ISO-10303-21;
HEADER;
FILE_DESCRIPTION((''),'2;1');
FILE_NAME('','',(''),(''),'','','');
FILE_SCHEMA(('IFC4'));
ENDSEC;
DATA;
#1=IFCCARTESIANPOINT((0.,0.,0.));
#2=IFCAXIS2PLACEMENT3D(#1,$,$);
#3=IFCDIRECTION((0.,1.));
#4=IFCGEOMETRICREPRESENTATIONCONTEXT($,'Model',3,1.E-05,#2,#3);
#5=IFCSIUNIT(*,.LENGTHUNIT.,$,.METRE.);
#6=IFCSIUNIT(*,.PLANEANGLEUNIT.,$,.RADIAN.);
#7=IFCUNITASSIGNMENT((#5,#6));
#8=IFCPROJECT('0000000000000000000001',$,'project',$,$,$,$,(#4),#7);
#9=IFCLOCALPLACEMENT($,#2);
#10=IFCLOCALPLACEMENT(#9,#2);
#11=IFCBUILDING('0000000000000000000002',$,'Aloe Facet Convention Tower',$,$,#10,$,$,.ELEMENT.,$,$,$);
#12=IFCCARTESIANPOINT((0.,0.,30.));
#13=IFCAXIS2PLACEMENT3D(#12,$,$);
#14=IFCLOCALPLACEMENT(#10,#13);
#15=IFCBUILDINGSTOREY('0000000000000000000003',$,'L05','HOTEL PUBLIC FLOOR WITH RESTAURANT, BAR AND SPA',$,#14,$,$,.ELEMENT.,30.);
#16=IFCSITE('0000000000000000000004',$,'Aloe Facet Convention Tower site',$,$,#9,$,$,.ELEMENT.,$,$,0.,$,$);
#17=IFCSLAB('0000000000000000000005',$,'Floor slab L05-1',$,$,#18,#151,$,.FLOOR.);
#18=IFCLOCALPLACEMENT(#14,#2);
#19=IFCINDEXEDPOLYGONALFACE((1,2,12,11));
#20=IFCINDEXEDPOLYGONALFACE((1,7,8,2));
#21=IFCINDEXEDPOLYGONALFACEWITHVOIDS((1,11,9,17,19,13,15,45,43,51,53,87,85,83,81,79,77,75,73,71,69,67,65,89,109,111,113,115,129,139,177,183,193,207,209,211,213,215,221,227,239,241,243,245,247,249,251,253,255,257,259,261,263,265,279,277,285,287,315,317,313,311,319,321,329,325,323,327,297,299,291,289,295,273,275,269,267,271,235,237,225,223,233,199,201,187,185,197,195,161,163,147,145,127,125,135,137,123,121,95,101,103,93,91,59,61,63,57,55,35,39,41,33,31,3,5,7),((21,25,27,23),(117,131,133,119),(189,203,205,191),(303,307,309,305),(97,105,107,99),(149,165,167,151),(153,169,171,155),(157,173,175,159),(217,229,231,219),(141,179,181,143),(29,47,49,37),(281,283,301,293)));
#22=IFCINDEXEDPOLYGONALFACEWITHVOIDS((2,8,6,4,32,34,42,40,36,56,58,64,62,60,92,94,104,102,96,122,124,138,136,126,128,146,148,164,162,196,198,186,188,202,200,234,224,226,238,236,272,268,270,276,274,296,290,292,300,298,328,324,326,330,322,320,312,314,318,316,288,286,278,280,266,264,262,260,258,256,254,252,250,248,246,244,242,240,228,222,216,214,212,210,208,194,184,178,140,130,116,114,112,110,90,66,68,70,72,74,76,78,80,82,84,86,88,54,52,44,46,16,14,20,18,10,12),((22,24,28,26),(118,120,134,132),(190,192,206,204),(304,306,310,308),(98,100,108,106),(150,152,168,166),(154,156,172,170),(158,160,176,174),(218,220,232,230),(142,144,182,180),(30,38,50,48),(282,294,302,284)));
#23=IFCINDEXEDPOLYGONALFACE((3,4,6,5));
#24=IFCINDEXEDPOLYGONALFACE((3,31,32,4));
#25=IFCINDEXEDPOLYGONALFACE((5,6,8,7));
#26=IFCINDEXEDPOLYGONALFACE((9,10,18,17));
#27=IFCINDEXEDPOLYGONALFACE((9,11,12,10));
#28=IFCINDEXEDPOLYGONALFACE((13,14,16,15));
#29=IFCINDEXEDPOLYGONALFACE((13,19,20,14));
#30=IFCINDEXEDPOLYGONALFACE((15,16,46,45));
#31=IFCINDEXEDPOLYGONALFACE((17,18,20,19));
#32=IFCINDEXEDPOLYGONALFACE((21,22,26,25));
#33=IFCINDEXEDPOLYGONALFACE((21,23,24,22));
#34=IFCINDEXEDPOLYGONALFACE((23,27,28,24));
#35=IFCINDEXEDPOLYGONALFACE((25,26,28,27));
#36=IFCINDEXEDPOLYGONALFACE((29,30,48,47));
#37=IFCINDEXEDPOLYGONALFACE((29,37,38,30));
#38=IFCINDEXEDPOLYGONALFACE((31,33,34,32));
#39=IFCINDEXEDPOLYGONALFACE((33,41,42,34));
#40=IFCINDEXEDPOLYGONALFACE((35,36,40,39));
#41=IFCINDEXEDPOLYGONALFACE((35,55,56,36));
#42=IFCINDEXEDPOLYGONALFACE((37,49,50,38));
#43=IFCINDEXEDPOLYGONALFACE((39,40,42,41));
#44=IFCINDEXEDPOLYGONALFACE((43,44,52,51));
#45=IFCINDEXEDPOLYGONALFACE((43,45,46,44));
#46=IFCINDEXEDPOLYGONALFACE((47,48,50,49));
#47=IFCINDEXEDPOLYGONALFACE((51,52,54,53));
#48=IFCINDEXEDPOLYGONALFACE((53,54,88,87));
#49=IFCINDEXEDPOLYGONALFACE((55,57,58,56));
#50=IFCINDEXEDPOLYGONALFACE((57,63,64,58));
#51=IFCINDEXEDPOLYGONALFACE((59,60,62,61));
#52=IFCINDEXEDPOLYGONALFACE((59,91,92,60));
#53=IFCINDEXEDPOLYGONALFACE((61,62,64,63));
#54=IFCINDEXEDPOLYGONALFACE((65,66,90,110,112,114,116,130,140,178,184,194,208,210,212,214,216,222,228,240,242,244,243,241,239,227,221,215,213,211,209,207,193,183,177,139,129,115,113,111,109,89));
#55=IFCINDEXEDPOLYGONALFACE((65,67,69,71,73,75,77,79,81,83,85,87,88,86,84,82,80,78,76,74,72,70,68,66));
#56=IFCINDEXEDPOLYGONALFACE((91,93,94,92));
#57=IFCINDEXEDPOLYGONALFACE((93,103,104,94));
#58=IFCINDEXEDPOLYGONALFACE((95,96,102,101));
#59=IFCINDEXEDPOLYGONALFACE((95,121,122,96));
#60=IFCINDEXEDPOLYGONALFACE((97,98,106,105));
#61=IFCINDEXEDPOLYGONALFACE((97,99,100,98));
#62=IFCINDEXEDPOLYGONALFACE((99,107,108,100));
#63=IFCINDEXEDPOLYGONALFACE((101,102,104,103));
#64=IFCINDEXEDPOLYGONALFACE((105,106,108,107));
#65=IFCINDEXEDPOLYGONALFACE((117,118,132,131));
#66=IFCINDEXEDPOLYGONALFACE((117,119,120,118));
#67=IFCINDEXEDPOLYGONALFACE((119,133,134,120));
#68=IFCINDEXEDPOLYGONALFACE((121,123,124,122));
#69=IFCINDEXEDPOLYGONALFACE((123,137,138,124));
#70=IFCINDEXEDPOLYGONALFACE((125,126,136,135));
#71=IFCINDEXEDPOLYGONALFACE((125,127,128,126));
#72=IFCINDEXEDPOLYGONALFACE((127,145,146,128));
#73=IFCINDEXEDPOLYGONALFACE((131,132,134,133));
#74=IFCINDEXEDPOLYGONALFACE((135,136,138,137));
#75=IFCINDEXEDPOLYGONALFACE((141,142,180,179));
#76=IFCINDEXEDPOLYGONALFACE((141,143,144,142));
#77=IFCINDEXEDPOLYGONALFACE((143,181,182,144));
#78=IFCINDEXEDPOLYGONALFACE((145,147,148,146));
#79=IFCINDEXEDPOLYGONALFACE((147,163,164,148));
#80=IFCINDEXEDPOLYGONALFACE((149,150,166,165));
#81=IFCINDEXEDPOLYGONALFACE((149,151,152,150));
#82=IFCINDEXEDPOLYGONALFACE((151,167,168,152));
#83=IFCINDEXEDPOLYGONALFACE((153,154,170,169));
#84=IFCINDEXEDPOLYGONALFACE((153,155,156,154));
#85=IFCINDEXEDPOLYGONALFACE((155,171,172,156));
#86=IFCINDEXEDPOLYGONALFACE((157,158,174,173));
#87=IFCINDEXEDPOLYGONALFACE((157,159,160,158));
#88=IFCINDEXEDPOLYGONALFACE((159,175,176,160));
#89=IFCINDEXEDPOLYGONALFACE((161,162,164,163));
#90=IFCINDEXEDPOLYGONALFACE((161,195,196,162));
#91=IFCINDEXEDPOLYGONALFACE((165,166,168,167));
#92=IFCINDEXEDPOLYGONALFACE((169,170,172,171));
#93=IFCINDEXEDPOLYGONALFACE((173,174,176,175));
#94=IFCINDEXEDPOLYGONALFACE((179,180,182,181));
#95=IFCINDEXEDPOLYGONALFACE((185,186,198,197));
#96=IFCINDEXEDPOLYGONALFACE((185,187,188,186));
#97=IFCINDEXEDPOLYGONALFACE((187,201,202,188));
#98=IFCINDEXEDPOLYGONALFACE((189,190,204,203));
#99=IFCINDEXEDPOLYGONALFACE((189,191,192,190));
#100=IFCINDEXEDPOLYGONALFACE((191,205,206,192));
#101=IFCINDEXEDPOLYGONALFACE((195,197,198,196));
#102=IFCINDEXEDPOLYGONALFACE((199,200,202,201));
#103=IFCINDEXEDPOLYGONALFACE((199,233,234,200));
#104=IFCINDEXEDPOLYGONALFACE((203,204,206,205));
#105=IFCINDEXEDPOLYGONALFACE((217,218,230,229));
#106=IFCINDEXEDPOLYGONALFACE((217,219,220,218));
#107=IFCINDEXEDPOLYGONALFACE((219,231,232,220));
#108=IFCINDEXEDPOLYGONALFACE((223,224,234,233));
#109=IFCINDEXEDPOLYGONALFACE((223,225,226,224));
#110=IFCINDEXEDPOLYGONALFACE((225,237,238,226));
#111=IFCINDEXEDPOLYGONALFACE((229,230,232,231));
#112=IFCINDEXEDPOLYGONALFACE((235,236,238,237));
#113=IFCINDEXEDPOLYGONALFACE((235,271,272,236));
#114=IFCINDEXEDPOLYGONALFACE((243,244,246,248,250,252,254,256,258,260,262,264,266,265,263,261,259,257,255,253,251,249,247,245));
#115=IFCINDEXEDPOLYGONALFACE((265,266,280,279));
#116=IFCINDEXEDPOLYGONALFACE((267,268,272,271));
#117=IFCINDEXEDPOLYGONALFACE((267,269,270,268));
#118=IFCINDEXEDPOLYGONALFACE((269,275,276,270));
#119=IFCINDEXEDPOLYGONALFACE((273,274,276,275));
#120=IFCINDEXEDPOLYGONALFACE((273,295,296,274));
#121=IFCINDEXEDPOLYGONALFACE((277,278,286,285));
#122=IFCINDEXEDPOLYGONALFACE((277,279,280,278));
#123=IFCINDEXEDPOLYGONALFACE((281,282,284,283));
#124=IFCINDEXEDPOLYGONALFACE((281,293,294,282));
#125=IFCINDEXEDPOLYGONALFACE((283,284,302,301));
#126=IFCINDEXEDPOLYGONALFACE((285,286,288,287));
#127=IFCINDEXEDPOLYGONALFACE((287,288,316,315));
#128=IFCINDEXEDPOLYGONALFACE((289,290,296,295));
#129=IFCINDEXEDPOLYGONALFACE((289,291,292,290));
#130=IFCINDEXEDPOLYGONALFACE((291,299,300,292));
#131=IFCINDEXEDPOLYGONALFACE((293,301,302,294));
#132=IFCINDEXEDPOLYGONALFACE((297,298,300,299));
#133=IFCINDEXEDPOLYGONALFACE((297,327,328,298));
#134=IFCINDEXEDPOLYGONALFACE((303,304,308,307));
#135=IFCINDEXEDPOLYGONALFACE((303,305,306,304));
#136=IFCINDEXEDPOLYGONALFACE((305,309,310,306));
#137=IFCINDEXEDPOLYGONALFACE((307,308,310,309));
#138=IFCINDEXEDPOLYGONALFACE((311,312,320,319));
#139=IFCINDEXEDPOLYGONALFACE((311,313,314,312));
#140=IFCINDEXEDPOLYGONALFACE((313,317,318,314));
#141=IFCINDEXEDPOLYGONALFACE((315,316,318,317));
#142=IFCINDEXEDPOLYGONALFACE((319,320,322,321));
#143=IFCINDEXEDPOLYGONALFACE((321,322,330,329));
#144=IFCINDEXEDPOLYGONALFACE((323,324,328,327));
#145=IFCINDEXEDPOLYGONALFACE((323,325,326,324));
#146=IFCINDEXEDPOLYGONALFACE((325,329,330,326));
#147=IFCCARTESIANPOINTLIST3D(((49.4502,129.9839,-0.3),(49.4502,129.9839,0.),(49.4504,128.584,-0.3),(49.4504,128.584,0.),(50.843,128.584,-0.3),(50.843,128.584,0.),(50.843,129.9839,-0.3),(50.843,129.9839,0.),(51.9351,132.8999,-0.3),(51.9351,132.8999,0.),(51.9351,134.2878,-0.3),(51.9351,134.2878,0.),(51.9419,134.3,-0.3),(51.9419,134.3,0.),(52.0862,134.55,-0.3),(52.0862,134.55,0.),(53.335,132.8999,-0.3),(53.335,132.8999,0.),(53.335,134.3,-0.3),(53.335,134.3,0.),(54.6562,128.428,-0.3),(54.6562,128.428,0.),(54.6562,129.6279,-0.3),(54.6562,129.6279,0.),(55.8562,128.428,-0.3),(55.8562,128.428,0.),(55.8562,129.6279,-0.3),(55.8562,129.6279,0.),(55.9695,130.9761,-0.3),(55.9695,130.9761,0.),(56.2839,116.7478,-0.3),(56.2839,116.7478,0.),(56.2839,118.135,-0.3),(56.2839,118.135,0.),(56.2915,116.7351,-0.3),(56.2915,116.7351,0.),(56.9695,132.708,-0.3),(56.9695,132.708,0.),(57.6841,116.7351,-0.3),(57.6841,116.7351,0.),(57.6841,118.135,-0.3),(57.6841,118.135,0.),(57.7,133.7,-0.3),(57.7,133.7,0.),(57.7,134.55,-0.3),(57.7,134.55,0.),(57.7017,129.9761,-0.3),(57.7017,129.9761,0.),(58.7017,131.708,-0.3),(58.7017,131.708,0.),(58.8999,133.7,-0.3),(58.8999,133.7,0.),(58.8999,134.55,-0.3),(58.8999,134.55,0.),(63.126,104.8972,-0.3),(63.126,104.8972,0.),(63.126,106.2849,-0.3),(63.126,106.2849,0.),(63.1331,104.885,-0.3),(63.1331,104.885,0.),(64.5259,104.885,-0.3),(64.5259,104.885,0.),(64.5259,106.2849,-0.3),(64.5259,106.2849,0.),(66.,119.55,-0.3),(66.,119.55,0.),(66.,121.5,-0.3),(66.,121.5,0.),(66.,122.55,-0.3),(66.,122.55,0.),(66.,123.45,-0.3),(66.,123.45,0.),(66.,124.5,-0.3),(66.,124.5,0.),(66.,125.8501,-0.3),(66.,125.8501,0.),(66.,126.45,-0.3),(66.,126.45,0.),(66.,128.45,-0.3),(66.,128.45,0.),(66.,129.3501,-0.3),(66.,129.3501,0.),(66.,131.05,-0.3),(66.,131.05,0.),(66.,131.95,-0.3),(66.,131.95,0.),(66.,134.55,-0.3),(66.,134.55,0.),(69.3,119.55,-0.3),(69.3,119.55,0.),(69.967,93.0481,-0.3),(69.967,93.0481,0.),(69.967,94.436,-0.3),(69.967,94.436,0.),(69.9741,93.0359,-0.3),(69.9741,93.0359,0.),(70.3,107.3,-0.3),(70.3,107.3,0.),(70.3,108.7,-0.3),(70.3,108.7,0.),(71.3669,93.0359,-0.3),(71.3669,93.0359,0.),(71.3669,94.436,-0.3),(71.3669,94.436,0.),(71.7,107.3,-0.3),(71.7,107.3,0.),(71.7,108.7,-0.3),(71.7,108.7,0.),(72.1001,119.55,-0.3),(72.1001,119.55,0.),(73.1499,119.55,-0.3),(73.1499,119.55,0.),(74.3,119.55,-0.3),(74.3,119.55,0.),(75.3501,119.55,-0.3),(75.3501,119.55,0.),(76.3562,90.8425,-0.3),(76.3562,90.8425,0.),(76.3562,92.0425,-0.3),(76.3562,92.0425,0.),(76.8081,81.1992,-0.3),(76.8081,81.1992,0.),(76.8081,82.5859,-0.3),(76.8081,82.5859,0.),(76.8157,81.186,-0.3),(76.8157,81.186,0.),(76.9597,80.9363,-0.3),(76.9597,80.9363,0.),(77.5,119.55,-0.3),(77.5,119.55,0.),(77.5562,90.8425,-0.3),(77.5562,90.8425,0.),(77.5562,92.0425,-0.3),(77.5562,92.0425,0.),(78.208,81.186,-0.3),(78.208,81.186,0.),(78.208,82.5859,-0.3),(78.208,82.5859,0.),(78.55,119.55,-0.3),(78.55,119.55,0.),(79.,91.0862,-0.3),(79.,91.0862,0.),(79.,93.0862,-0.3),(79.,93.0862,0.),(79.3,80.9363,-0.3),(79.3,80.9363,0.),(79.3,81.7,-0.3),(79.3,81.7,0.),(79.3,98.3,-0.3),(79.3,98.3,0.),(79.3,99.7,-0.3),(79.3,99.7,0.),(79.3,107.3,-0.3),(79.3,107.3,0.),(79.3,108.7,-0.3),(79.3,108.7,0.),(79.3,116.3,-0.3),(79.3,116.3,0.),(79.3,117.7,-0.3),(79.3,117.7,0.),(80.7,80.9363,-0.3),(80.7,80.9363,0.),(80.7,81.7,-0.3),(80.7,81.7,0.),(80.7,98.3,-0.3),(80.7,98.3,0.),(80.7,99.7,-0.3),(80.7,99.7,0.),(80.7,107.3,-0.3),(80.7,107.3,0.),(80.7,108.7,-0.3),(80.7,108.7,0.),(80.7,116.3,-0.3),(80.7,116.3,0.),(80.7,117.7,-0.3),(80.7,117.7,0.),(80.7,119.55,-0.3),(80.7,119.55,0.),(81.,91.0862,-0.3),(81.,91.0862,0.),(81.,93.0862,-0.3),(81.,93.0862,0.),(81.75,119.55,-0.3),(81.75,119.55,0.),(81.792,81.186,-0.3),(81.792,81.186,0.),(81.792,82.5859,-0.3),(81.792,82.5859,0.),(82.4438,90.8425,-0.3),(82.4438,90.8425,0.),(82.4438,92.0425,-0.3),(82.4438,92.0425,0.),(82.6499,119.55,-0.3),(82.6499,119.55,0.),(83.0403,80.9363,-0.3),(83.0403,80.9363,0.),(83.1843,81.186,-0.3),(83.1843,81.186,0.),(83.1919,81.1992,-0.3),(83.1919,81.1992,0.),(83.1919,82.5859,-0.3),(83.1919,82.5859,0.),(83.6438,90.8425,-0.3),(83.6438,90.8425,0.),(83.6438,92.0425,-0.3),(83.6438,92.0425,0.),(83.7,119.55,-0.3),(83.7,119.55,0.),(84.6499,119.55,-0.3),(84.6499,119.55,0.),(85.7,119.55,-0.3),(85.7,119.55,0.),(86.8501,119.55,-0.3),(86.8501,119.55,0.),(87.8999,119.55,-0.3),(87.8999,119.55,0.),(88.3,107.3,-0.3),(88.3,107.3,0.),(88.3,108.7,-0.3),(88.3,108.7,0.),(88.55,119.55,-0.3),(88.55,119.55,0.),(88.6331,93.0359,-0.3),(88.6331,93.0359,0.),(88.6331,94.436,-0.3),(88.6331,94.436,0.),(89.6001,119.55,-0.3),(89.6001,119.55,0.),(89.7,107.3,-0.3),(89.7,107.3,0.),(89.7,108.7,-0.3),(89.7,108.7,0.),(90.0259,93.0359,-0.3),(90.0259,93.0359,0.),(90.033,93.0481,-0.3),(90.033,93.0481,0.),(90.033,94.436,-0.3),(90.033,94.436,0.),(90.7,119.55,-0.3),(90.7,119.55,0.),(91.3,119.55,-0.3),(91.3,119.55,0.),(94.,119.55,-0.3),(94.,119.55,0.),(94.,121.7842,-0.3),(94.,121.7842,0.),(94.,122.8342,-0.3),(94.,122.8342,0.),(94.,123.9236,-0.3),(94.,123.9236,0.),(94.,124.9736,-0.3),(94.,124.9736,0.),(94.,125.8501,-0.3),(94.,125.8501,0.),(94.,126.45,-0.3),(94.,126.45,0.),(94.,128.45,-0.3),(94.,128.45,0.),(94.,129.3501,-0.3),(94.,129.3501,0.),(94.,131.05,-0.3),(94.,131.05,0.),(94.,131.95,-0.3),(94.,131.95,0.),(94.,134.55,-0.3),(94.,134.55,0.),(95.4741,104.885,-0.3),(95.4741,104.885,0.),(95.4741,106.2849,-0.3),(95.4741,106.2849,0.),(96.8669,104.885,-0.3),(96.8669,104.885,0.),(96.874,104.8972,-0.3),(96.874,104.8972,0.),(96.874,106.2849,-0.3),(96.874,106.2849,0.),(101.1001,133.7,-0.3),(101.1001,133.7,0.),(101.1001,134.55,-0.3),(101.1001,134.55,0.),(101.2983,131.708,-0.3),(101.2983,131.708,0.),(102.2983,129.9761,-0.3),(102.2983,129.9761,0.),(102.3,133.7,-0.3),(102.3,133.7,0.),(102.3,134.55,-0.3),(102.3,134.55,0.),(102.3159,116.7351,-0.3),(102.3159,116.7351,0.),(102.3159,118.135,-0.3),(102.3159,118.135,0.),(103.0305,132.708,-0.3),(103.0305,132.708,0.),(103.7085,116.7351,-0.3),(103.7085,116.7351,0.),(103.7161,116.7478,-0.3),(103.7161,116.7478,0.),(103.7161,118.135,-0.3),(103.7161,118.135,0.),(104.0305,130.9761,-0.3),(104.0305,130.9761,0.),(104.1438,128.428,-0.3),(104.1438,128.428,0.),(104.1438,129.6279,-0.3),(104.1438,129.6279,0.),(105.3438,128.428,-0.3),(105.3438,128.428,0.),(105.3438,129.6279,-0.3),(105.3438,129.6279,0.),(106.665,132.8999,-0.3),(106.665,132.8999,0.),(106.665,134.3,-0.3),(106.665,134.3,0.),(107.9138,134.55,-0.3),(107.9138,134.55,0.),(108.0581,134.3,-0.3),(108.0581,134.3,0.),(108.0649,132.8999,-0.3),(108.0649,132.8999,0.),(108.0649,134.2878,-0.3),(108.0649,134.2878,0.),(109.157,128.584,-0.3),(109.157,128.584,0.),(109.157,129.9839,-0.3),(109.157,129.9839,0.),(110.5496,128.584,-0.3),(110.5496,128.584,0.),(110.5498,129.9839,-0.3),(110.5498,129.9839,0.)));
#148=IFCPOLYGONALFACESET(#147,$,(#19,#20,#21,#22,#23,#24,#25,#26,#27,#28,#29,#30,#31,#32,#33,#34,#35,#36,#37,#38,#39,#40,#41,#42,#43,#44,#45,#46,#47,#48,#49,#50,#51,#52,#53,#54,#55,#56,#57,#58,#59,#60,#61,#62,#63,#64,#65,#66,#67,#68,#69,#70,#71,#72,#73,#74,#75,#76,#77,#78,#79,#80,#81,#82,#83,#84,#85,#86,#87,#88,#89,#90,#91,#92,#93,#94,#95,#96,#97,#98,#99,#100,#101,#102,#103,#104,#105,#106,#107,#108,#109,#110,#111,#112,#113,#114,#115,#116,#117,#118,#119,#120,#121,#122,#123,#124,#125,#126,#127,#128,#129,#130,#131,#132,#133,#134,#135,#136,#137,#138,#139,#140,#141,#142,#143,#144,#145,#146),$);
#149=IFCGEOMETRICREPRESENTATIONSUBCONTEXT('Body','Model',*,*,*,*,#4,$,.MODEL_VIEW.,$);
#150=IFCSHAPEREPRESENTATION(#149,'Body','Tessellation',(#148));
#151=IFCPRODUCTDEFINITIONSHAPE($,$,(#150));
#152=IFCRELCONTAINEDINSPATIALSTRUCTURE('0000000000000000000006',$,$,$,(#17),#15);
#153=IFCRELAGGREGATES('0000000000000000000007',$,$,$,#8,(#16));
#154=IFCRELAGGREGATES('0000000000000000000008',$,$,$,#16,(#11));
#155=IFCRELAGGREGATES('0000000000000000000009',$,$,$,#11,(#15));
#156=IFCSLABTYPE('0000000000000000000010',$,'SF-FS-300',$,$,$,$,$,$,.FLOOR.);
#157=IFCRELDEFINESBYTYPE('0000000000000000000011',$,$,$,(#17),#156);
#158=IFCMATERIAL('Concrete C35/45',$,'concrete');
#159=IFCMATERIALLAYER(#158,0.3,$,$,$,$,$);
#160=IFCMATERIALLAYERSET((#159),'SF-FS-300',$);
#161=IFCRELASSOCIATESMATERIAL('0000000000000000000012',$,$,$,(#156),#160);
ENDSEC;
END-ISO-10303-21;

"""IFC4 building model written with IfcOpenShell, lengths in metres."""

from ifc_helpers import new_model, si_unit, direction, frame, origin, place, context, subcontext, project, spatial, polyline, outline, extrude, material, layer, layer_set, type_object, element, save


model = new_model("IFC4")

# Units and contexts
model_context = context("Model", 3, precision=1e-05, world=origin(), true_north=direction((0.0, 1.0)))
body_context = subcontext(model_context, "Body", "Model", "MODEL_VIEW")
ifc_project = project(units=[si_unit("LENGTHUNIT", "METRE"), si_unit("PLANEANGLEUNIT", "RADIAN")], contexts=[model_context])

# Site, building, storey
site_placement = place(None, origin())
site = spatial("IfcSite", under=ifc_project, at=site_placement, Name="Aloe Facet Convention Tower site", CompositionType="ELEMENT", RefElevation=0.0)
building_placement = place(site_placement, origin())
building = spatial("IfcBuilding", under=site, at=building_placement, Name="Aloe Facet Convention Tower", CompositionType="ELEMENT")
storey_placement = place(building_placement, frame((0.0, 0.0, 30.0)))
storey = spatial("IfcBuildingStorey", under=building, at=storey_placement, Name="L05", Description="HOTEL PUBLIC FLOOR WITH RESTAURANT, BAR AND SPA", CompositionType="ELEMENT", Elevation=30.0)

# Slab
ifc_material_1 = material(Name="Concrete C35/45", Category="concrete")
ifc_layer_1 = layer(ifc_material_1, 0.3)
ifc_layer_set_1 = layer_set([ifc_layer_1], Name="SF-FS-300")
slab_type_1 = type_object("IfcSlabType", Name="SF-FS-300", PredefinedType="FLOOR", material=ifc_layer_set_1)
slab_1_placement = place(storey_placement, frame((0.0, 0.0, -0.3)))
element("IfcSlab", 1, at=slab_1_placement, inside=storey, type_object=slab_type_1, Name="Floor slab L05-1", PredefinedType="FLOOR", context=body_context, shape_type="SweptSolid", body=[
    extrude(outline(polyline([(108.0581, 134.3), (106.665, 134.3), (106.665, 132.8999), (108.0649, 132.8999), (108.0649, 134.2878), (110.5498, 129.9839), (109.157, 129.9839), (109.157, 128.584), (110.5496, 128.584), (103.7161, 116.7478), (103.7161, 118.135), (102.3159, 118.135), (102.3159, 116.7351), (103.7085, 116.7351), (96.874, 104.8972), (96.874, 106.2849), (95.4741, 106.2849), (95.4741, 104.885), (96.8669, 104.885), (90.033, 93.0481), (90.033, 94.436), (88.6331, 94.436), (88.6331, 93.0359), (90.0259, 93.0359), (83.1919, 81.1992), (83.1919, 82.5859), (81.792, 82.5859), (81.792, 81.186), (83.1843, 81.186), (83.0403, 80.9363), (80.7, 80.9363), (80.7, 81.7), (79.3, 81.7), (79.3, 80.9363), (76.9597, 80.9363), (76.8157, 81.186), (78.208, 81.186), (78.208, 82.5859), (76.8081, 82.5859), (76.8081, 81.1992), (69.9741, 93.0359), (71.3669, 93.0359), (71.3669, 94.436), (69.967, 94.436), (69.967, 93.0481), (63.1331, 104.885), (64.5259, 104.885), (64.5259, 106.2849), (63.126, 106.2849), (63.126, 104.8972), (56.2915, 116.7351), (57.6841, 116.7351), (57.6841, 118.135), (56.2839, 118.135), (56.2839, 116.7478), (49.4504, 128.584), (50.843, 128.584), (50.843, 129.9839), (49.4502, 129.9839), (51.9351, 134.2878), (51.9351, 132.8999), (53.335, 132.8999), (53.335, 134.3), (51.9419, 134.3), (52.0862, 134.55), (57.7, 134.55), (57.7, 133.7), (58.8999, 133.7), (58.8999, 134.55), (66.0, 134.55), (66.0, 131.95), (66.0, 131.05), (66.0, 129.3501), (66.0, 128.45), (66.0, 126.45), (66.0, 125.8501), (66.0, 124.5), (66.0, 123.45), (66.0, 122.55), (66.0, 121.5), (66.0, 119.55), (69.3, 119.55), (72.1001, 119.55), (73.1499, 119.55), (74.3, 119.55), (75.3501, 119.55), (77.5, 119.55), (78.55, 119.55), (80.7, 119.55), (81.75, 119.55), (82.6499, 119.55), (83.7, 119.55), (84.6499, 119.55), (85.7, 119.55), (86.8501, 119.55), (87.8999, 119.55), (88.55, 119.55), (89.6001, 119.55), (90.7, 119.55), (91.3, 119.55), (94.0, 119.55), (94.0, 121.7842), (94.0, 122.8342), (94.0, 123.9236), (94.0, 124.9736), (94.0, 125.8501), (94.0, 126.45), (94.0, 128.45), (94.0, 129.3501), (94.0, 131.05), (94.0, 131.95), (94.0, 134.55), (101.1001, 134.55), (101.1001, 133.7), (102.3, 133.7), (102.3, 134.55), (107.9138, 134.55), (108.0581, 134.3)]), holes=[polyline([(55.8562, 128.428), (55.8562, 129.6279), (54.6562, 129.6279), (54.6562, 128.428), (55.8562, 128.428)]), polyline([(56.9695, 132.708), (55.9695, 130.9761), (57.7017, 129.9761), (58.7017, 131.708), (56.9695, 132.708)]), polyline([(76.3562, 90.8425), (77.5562, 90.8425), (77.5562, 92.0425), (76.3562, 92.0425), (76.3562, 90.8425)]), polyline([(83.6438, 90.8425), (83.6438, 92.0425), (82.4438, 92.0425), (82.4438, 90.8425), (83.6438, 90.8425)]), polyline([(79.0, 91.0862), (81.0, 91.0862), (81.0, 93.0862), (79.0, 93.0862), (79.0, 91.0862)]), polyline([(80.7, 98.3), (80.7, 99.7), (79.3, 99.7), (79.3, 98.3), (80.7, 98.3)]), polyline([(70.3, 107.3), (71.7, 107.3), (71.7, 108.7), (70.3, 108.7), (70.3, 107.3)]), polyline([(79.3, 107.3), (80.7, 107.3), (80.7, 108.7), (79.3, 108.7), (79.3, 107.3)]), polyline([(89.7, 107.3), (89.7, 108.7), (88.3, 108.7), (88.3, 107.3), (89.7, 107.3)]), polyline([(79.3, 116.3), (80.7, 116.3), (80.7, 117.7), (79.3, 117.7), (79.3, 116.3)]), polyline([(104.1438, 128.428), (105.3438, 128.428), (105.3438, 129.6279), (104.1438, 129.6279), (104.1438, 128.428)]), polyline([(102.2983, 129.9761), (104.0305, 130.9761), (103.0305, 132.708), (101.2983, 131.708), (102.2983, 129.9761)])]), origin(), (0.0, 0.0, 1.0), 0.3),
])

save(model, "model.ifc")
